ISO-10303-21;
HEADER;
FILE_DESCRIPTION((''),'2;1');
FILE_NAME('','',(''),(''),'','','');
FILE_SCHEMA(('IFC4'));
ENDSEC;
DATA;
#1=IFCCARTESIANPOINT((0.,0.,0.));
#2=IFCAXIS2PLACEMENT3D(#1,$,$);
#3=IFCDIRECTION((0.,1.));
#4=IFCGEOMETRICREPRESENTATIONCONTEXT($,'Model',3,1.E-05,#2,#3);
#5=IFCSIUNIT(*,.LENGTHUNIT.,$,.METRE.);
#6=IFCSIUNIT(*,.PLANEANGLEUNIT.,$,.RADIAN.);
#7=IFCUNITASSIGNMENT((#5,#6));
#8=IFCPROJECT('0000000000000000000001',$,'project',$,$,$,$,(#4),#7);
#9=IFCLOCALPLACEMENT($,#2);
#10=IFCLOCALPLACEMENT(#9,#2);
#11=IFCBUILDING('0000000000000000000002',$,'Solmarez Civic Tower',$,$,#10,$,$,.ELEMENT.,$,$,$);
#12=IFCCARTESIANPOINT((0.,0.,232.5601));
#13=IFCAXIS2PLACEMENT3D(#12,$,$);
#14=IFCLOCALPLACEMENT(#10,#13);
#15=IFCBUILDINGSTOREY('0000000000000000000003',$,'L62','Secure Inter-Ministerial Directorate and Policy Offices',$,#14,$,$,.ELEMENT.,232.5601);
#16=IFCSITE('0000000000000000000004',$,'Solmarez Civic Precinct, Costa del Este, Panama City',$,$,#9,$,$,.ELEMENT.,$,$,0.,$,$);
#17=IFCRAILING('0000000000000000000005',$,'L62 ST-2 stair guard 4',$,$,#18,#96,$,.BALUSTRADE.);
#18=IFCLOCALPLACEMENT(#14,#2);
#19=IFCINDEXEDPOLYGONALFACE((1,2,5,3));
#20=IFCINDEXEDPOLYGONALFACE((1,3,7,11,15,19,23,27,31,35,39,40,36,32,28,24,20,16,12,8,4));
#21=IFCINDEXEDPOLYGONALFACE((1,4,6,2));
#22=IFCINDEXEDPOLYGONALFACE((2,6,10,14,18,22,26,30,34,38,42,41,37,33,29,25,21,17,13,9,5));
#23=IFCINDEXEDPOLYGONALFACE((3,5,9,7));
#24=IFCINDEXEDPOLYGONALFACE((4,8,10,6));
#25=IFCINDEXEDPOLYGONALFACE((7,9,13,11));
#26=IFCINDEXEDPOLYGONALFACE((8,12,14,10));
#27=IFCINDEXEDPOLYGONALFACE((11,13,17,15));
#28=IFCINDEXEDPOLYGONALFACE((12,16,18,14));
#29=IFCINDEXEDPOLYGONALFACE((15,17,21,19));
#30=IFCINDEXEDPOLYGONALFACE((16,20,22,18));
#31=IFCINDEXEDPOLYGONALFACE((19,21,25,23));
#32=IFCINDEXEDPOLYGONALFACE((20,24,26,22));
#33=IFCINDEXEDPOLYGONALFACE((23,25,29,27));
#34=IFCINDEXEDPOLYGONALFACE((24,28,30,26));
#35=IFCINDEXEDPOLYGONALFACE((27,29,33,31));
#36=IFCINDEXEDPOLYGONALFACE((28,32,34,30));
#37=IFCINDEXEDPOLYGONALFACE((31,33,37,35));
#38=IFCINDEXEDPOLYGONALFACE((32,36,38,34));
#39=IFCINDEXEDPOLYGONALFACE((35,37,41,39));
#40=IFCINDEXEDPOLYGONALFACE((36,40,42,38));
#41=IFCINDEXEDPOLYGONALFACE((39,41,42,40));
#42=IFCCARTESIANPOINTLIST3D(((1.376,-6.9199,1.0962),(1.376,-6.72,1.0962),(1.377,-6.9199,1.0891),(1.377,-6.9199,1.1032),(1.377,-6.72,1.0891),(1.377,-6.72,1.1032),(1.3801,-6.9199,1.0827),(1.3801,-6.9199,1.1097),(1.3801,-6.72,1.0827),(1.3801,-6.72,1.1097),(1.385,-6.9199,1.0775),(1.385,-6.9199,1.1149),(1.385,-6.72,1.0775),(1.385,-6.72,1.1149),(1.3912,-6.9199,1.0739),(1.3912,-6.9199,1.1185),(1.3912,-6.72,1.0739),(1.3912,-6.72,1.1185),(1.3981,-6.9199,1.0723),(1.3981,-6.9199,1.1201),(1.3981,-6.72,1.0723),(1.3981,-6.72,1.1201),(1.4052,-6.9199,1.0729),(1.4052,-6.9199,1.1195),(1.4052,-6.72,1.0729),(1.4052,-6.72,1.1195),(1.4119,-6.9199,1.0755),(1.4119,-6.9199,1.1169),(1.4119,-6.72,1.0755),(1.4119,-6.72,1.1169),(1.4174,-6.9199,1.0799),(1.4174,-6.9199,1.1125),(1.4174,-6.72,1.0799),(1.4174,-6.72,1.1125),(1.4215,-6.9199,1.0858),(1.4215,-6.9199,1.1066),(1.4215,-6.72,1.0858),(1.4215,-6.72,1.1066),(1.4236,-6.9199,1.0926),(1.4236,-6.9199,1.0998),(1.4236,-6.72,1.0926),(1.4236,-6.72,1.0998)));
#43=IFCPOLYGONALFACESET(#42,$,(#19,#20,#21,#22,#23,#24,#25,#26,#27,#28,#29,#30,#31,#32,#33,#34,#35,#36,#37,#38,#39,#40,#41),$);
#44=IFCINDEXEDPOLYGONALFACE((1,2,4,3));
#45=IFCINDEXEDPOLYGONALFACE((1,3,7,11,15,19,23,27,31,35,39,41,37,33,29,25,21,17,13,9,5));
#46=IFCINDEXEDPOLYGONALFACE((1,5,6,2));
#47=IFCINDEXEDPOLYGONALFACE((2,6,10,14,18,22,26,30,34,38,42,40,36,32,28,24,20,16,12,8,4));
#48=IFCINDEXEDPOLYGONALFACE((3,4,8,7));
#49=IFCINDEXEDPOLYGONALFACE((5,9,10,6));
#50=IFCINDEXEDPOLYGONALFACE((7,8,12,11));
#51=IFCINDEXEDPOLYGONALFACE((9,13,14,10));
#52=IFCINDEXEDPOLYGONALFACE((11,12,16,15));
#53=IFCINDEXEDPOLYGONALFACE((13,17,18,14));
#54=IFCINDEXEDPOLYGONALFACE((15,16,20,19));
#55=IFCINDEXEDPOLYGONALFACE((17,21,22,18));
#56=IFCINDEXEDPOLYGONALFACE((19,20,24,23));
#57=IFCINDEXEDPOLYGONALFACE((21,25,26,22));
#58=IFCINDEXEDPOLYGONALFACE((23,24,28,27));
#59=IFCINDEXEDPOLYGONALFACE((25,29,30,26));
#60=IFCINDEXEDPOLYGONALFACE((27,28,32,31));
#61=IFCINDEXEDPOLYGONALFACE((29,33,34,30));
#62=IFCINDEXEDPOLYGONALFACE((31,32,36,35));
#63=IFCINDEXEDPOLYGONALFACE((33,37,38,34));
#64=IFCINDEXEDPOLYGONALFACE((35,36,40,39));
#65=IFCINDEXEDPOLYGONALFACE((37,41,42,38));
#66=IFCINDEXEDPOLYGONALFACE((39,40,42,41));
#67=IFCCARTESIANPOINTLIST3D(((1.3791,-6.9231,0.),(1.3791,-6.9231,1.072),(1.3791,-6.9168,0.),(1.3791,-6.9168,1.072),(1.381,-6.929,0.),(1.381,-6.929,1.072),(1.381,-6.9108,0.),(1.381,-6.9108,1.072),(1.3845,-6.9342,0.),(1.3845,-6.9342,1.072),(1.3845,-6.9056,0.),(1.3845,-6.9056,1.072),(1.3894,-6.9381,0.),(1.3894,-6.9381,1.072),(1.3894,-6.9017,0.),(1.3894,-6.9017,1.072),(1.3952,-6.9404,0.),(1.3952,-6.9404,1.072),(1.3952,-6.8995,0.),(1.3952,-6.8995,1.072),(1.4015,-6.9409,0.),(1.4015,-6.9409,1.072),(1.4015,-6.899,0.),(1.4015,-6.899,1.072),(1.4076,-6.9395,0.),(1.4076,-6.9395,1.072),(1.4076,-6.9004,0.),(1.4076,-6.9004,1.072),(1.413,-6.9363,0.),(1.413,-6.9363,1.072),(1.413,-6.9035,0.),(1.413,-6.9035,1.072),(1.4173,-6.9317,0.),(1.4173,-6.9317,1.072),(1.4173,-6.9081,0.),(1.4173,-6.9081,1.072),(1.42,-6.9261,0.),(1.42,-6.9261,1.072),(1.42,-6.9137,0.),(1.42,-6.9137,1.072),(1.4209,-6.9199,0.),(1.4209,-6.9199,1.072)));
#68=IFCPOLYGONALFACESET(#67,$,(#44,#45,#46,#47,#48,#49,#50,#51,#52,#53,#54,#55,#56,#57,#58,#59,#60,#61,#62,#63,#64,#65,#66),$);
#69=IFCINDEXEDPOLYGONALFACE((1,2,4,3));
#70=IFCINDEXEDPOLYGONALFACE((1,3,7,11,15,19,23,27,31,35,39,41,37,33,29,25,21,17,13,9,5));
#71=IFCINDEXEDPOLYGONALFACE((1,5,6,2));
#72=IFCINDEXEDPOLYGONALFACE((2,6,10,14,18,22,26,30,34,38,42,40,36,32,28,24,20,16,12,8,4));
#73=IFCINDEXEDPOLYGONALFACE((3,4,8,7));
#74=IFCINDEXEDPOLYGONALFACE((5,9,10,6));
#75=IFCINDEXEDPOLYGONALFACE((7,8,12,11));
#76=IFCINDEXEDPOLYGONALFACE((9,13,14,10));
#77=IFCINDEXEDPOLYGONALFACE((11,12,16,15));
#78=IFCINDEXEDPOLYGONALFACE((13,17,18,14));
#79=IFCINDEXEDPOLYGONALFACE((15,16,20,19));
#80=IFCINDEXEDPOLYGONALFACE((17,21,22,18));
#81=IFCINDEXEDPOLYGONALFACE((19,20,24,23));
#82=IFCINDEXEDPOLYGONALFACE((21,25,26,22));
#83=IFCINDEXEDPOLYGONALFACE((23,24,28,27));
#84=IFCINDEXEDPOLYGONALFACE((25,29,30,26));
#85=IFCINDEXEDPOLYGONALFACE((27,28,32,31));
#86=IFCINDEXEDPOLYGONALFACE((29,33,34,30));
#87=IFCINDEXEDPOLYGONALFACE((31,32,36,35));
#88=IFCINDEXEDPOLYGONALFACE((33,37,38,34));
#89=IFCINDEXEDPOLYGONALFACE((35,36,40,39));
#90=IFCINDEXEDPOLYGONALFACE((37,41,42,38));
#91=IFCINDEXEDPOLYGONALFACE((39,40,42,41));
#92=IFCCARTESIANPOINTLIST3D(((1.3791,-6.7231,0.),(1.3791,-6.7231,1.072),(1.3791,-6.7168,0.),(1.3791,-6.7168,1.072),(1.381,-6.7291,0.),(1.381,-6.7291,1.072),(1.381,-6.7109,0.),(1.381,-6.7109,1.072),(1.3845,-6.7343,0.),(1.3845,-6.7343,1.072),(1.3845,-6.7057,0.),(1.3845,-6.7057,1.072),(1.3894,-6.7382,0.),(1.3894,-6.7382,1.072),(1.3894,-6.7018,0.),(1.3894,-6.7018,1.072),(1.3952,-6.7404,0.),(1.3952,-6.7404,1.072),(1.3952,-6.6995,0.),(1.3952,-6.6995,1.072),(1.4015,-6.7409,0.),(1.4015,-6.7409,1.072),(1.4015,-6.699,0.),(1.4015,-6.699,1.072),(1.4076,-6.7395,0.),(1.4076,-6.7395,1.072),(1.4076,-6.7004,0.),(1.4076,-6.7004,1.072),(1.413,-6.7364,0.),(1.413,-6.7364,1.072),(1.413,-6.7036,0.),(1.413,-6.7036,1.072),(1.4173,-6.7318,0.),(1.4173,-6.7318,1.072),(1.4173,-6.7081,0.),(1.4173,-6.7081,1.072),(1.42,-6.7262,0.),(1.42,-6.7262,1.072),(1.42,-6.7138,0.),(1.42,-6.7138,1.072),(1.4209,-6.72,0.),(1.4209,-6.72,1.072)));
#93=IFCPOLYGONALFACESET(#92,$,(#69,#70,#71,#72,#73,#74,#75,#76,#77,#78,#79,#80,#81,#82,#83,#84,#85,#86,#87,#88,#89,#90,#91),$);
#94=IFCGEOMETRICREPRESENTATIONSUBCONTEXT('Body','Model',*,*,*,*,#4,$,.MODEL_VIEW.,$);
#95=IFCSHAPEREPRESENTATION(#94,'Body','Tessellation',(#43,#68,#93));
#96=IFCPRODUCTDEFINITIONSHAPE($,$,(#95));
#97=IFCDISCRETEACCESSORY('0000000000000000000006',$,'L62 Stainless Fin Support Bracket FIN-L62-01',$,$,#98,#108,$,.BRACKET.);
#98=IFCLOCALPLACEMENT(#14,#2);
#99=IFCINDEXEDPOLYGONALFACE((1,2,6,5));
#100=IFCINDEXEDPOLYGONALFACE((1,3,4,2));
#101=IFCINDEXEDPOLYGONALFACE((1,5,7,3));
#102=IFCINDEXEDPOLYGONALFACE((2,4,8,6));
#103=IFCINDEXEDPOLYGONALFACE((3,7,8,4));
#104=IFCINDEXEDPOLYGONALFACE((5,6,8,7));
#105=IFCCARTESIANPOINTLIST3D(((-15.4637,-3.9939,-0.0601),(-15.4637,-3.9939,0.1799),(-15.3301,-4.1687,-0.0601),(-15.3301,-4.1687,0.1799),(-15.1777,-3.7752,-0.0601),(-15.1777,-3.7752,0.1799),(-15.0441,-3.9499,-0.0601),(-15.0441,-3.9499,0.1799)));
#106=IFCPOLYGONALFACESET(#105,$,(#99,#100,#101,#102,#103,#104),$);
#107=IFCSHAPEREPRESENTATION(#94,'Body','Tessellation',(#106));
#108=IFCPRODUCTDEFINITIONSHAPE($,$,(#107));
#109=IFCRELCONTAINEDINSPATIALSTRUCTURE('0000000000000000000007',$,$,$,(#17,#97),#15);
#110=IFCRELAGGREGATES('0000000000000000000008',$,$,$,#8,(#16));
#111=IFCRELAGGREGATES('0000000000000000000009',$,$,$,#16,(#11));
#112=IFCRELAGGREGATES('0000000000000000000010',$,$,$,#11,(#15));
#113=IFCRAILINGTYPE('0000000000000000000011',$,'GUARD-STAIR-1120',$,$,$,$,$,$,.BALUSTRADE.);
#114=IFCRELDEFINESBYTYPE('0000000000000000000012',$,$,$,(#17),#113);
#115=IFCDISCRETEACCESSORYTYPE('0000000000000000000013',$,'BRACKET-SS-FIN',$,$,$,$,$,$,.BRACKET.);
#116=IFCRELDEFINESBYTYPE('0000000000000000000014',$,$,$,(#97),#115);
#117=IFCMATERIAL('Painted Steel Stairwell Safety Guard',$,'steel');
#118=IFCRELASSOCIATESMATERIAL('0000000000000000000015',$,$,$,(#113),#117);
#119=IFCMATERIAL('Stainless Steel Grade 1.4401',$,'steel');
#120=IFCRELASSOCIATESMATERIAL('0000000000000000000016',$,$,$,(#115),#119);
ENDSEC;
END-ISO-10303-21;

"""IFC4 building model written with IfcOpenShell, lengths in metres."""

from ifc_helpers import new_model, si_unit, direction, frame, origin, origin_2d, place, context, subcontext, project, spatial, rectangle, circle, extrude, material, type_object, element, save


model = new_model("IFC4")

# Units and contexts
model_context = context("Model", 3, precision=1e-05, world=origin(), true_north=direction((0.0, 1.0)))
body_context = subcontext(model_context, "Body", "Model", "MODEL_VIEW")
ifc_project = project(units=[si_unit("LENGTHUNIT", "METRE"), si_unit("PLANEANGLEUNIT", "RADIAN")], contexts=[model_context])

# Site, building, storey
site_placement = place(None, origin())
site = spatial("IfcSite", under=ifc_project, at=site_placement, Name="Solmarez Civic Precinct, Costa del Este, Panama City", CompositionType="ELEMENT", RefElevation=0.0)
building_placement = place(site_placement, origin())
building = spatial("IfcBuilding", under=site, at=building_placement, Name="Solmarez Civic Tower", CompositionType="ELEMENT")
storey_placement = place(building_placement, frame((0.0, 0.0, 232.5601)))
storey = spatial("IfcBuildingStorey", under=building, at=storey_placement, Name="L62", Description="Secure Inter-Ministerial Directorate and Policy Offices", CompositionType="ELEMENT", Elevation=232.5601)

# Railing
ifc_material_1 = material(Name="Painted Steel Stairwell Safety Guard", Category="steel")
railing_type = type_object("IfcRailingType", Name="GUARD-STAIR-1120", PredefinedType="BALUSTRADE", material=ifc_material_1)
railing_1_placement = place(storey_placement, frame((1.3999, -6.9199, 0.0)))
element("IfcRailing", 1, at=railing_1_placement, inside=storey, type_object=railing_type, Name="L62 ST-2 stair guard 4", PredefinedType="BALUSTRADE", context=body_context, shape_type="SweptSolid", body=[
    extrude(circle(Radius=0.0239, at=origin_2d()), frame((0.0, 0.0, 1.0962), z_axis=(0.0, 1.0, 0.0), x_axis=(-1.0, 0.0, 0.0)), (0.0, 0.0, 1.0), 0.2),
    extrude(circle(Radius=0.021, at=origin_2d()), origin(), (0.0, 0.0, 1.0), 1.072),
    extrude(circle(Radius=0.021, at=origin_2d()), frame((0.0, 0.2, 0.0)), (0.0, 0.0, 1.0), 1.072),
])

# Discrete accessory
ifc_material_2 = material(Name="Stainless Steel Grade 1.4401", Category="steel")
discrete_accessory_type = type_object("IfcDiscreteAccessoryType", Name="BRACKET-SS-FIN", PredefinedType="BRACKET", material=ifc_material_2)
discrete_accessory_placement = place(storey_placement, frame((-15.2539, -3.9719, -0.0601), z_axis=(0.0, 0.0, 1.0), x_axis=(-0.794424, -0.607364, 0.0)))
element("IfcDiscreteAccessory", 2, at=discrete_accessory_placement, inside=storey, type_object=discrete_accessory_type, Name="L62 Stainless Fin Support Bracket FIN-L62-01", PredefinedType="BRACKET", context=body_context, shape_type="SweptSolid", body=[
    extrude(rectangle(XDim=0.3601, YDim=0.22, at=origin_2d()), origin(), (0.0, 0.0, 1.0), 0.24),
])

save(model, "model.ifc")
